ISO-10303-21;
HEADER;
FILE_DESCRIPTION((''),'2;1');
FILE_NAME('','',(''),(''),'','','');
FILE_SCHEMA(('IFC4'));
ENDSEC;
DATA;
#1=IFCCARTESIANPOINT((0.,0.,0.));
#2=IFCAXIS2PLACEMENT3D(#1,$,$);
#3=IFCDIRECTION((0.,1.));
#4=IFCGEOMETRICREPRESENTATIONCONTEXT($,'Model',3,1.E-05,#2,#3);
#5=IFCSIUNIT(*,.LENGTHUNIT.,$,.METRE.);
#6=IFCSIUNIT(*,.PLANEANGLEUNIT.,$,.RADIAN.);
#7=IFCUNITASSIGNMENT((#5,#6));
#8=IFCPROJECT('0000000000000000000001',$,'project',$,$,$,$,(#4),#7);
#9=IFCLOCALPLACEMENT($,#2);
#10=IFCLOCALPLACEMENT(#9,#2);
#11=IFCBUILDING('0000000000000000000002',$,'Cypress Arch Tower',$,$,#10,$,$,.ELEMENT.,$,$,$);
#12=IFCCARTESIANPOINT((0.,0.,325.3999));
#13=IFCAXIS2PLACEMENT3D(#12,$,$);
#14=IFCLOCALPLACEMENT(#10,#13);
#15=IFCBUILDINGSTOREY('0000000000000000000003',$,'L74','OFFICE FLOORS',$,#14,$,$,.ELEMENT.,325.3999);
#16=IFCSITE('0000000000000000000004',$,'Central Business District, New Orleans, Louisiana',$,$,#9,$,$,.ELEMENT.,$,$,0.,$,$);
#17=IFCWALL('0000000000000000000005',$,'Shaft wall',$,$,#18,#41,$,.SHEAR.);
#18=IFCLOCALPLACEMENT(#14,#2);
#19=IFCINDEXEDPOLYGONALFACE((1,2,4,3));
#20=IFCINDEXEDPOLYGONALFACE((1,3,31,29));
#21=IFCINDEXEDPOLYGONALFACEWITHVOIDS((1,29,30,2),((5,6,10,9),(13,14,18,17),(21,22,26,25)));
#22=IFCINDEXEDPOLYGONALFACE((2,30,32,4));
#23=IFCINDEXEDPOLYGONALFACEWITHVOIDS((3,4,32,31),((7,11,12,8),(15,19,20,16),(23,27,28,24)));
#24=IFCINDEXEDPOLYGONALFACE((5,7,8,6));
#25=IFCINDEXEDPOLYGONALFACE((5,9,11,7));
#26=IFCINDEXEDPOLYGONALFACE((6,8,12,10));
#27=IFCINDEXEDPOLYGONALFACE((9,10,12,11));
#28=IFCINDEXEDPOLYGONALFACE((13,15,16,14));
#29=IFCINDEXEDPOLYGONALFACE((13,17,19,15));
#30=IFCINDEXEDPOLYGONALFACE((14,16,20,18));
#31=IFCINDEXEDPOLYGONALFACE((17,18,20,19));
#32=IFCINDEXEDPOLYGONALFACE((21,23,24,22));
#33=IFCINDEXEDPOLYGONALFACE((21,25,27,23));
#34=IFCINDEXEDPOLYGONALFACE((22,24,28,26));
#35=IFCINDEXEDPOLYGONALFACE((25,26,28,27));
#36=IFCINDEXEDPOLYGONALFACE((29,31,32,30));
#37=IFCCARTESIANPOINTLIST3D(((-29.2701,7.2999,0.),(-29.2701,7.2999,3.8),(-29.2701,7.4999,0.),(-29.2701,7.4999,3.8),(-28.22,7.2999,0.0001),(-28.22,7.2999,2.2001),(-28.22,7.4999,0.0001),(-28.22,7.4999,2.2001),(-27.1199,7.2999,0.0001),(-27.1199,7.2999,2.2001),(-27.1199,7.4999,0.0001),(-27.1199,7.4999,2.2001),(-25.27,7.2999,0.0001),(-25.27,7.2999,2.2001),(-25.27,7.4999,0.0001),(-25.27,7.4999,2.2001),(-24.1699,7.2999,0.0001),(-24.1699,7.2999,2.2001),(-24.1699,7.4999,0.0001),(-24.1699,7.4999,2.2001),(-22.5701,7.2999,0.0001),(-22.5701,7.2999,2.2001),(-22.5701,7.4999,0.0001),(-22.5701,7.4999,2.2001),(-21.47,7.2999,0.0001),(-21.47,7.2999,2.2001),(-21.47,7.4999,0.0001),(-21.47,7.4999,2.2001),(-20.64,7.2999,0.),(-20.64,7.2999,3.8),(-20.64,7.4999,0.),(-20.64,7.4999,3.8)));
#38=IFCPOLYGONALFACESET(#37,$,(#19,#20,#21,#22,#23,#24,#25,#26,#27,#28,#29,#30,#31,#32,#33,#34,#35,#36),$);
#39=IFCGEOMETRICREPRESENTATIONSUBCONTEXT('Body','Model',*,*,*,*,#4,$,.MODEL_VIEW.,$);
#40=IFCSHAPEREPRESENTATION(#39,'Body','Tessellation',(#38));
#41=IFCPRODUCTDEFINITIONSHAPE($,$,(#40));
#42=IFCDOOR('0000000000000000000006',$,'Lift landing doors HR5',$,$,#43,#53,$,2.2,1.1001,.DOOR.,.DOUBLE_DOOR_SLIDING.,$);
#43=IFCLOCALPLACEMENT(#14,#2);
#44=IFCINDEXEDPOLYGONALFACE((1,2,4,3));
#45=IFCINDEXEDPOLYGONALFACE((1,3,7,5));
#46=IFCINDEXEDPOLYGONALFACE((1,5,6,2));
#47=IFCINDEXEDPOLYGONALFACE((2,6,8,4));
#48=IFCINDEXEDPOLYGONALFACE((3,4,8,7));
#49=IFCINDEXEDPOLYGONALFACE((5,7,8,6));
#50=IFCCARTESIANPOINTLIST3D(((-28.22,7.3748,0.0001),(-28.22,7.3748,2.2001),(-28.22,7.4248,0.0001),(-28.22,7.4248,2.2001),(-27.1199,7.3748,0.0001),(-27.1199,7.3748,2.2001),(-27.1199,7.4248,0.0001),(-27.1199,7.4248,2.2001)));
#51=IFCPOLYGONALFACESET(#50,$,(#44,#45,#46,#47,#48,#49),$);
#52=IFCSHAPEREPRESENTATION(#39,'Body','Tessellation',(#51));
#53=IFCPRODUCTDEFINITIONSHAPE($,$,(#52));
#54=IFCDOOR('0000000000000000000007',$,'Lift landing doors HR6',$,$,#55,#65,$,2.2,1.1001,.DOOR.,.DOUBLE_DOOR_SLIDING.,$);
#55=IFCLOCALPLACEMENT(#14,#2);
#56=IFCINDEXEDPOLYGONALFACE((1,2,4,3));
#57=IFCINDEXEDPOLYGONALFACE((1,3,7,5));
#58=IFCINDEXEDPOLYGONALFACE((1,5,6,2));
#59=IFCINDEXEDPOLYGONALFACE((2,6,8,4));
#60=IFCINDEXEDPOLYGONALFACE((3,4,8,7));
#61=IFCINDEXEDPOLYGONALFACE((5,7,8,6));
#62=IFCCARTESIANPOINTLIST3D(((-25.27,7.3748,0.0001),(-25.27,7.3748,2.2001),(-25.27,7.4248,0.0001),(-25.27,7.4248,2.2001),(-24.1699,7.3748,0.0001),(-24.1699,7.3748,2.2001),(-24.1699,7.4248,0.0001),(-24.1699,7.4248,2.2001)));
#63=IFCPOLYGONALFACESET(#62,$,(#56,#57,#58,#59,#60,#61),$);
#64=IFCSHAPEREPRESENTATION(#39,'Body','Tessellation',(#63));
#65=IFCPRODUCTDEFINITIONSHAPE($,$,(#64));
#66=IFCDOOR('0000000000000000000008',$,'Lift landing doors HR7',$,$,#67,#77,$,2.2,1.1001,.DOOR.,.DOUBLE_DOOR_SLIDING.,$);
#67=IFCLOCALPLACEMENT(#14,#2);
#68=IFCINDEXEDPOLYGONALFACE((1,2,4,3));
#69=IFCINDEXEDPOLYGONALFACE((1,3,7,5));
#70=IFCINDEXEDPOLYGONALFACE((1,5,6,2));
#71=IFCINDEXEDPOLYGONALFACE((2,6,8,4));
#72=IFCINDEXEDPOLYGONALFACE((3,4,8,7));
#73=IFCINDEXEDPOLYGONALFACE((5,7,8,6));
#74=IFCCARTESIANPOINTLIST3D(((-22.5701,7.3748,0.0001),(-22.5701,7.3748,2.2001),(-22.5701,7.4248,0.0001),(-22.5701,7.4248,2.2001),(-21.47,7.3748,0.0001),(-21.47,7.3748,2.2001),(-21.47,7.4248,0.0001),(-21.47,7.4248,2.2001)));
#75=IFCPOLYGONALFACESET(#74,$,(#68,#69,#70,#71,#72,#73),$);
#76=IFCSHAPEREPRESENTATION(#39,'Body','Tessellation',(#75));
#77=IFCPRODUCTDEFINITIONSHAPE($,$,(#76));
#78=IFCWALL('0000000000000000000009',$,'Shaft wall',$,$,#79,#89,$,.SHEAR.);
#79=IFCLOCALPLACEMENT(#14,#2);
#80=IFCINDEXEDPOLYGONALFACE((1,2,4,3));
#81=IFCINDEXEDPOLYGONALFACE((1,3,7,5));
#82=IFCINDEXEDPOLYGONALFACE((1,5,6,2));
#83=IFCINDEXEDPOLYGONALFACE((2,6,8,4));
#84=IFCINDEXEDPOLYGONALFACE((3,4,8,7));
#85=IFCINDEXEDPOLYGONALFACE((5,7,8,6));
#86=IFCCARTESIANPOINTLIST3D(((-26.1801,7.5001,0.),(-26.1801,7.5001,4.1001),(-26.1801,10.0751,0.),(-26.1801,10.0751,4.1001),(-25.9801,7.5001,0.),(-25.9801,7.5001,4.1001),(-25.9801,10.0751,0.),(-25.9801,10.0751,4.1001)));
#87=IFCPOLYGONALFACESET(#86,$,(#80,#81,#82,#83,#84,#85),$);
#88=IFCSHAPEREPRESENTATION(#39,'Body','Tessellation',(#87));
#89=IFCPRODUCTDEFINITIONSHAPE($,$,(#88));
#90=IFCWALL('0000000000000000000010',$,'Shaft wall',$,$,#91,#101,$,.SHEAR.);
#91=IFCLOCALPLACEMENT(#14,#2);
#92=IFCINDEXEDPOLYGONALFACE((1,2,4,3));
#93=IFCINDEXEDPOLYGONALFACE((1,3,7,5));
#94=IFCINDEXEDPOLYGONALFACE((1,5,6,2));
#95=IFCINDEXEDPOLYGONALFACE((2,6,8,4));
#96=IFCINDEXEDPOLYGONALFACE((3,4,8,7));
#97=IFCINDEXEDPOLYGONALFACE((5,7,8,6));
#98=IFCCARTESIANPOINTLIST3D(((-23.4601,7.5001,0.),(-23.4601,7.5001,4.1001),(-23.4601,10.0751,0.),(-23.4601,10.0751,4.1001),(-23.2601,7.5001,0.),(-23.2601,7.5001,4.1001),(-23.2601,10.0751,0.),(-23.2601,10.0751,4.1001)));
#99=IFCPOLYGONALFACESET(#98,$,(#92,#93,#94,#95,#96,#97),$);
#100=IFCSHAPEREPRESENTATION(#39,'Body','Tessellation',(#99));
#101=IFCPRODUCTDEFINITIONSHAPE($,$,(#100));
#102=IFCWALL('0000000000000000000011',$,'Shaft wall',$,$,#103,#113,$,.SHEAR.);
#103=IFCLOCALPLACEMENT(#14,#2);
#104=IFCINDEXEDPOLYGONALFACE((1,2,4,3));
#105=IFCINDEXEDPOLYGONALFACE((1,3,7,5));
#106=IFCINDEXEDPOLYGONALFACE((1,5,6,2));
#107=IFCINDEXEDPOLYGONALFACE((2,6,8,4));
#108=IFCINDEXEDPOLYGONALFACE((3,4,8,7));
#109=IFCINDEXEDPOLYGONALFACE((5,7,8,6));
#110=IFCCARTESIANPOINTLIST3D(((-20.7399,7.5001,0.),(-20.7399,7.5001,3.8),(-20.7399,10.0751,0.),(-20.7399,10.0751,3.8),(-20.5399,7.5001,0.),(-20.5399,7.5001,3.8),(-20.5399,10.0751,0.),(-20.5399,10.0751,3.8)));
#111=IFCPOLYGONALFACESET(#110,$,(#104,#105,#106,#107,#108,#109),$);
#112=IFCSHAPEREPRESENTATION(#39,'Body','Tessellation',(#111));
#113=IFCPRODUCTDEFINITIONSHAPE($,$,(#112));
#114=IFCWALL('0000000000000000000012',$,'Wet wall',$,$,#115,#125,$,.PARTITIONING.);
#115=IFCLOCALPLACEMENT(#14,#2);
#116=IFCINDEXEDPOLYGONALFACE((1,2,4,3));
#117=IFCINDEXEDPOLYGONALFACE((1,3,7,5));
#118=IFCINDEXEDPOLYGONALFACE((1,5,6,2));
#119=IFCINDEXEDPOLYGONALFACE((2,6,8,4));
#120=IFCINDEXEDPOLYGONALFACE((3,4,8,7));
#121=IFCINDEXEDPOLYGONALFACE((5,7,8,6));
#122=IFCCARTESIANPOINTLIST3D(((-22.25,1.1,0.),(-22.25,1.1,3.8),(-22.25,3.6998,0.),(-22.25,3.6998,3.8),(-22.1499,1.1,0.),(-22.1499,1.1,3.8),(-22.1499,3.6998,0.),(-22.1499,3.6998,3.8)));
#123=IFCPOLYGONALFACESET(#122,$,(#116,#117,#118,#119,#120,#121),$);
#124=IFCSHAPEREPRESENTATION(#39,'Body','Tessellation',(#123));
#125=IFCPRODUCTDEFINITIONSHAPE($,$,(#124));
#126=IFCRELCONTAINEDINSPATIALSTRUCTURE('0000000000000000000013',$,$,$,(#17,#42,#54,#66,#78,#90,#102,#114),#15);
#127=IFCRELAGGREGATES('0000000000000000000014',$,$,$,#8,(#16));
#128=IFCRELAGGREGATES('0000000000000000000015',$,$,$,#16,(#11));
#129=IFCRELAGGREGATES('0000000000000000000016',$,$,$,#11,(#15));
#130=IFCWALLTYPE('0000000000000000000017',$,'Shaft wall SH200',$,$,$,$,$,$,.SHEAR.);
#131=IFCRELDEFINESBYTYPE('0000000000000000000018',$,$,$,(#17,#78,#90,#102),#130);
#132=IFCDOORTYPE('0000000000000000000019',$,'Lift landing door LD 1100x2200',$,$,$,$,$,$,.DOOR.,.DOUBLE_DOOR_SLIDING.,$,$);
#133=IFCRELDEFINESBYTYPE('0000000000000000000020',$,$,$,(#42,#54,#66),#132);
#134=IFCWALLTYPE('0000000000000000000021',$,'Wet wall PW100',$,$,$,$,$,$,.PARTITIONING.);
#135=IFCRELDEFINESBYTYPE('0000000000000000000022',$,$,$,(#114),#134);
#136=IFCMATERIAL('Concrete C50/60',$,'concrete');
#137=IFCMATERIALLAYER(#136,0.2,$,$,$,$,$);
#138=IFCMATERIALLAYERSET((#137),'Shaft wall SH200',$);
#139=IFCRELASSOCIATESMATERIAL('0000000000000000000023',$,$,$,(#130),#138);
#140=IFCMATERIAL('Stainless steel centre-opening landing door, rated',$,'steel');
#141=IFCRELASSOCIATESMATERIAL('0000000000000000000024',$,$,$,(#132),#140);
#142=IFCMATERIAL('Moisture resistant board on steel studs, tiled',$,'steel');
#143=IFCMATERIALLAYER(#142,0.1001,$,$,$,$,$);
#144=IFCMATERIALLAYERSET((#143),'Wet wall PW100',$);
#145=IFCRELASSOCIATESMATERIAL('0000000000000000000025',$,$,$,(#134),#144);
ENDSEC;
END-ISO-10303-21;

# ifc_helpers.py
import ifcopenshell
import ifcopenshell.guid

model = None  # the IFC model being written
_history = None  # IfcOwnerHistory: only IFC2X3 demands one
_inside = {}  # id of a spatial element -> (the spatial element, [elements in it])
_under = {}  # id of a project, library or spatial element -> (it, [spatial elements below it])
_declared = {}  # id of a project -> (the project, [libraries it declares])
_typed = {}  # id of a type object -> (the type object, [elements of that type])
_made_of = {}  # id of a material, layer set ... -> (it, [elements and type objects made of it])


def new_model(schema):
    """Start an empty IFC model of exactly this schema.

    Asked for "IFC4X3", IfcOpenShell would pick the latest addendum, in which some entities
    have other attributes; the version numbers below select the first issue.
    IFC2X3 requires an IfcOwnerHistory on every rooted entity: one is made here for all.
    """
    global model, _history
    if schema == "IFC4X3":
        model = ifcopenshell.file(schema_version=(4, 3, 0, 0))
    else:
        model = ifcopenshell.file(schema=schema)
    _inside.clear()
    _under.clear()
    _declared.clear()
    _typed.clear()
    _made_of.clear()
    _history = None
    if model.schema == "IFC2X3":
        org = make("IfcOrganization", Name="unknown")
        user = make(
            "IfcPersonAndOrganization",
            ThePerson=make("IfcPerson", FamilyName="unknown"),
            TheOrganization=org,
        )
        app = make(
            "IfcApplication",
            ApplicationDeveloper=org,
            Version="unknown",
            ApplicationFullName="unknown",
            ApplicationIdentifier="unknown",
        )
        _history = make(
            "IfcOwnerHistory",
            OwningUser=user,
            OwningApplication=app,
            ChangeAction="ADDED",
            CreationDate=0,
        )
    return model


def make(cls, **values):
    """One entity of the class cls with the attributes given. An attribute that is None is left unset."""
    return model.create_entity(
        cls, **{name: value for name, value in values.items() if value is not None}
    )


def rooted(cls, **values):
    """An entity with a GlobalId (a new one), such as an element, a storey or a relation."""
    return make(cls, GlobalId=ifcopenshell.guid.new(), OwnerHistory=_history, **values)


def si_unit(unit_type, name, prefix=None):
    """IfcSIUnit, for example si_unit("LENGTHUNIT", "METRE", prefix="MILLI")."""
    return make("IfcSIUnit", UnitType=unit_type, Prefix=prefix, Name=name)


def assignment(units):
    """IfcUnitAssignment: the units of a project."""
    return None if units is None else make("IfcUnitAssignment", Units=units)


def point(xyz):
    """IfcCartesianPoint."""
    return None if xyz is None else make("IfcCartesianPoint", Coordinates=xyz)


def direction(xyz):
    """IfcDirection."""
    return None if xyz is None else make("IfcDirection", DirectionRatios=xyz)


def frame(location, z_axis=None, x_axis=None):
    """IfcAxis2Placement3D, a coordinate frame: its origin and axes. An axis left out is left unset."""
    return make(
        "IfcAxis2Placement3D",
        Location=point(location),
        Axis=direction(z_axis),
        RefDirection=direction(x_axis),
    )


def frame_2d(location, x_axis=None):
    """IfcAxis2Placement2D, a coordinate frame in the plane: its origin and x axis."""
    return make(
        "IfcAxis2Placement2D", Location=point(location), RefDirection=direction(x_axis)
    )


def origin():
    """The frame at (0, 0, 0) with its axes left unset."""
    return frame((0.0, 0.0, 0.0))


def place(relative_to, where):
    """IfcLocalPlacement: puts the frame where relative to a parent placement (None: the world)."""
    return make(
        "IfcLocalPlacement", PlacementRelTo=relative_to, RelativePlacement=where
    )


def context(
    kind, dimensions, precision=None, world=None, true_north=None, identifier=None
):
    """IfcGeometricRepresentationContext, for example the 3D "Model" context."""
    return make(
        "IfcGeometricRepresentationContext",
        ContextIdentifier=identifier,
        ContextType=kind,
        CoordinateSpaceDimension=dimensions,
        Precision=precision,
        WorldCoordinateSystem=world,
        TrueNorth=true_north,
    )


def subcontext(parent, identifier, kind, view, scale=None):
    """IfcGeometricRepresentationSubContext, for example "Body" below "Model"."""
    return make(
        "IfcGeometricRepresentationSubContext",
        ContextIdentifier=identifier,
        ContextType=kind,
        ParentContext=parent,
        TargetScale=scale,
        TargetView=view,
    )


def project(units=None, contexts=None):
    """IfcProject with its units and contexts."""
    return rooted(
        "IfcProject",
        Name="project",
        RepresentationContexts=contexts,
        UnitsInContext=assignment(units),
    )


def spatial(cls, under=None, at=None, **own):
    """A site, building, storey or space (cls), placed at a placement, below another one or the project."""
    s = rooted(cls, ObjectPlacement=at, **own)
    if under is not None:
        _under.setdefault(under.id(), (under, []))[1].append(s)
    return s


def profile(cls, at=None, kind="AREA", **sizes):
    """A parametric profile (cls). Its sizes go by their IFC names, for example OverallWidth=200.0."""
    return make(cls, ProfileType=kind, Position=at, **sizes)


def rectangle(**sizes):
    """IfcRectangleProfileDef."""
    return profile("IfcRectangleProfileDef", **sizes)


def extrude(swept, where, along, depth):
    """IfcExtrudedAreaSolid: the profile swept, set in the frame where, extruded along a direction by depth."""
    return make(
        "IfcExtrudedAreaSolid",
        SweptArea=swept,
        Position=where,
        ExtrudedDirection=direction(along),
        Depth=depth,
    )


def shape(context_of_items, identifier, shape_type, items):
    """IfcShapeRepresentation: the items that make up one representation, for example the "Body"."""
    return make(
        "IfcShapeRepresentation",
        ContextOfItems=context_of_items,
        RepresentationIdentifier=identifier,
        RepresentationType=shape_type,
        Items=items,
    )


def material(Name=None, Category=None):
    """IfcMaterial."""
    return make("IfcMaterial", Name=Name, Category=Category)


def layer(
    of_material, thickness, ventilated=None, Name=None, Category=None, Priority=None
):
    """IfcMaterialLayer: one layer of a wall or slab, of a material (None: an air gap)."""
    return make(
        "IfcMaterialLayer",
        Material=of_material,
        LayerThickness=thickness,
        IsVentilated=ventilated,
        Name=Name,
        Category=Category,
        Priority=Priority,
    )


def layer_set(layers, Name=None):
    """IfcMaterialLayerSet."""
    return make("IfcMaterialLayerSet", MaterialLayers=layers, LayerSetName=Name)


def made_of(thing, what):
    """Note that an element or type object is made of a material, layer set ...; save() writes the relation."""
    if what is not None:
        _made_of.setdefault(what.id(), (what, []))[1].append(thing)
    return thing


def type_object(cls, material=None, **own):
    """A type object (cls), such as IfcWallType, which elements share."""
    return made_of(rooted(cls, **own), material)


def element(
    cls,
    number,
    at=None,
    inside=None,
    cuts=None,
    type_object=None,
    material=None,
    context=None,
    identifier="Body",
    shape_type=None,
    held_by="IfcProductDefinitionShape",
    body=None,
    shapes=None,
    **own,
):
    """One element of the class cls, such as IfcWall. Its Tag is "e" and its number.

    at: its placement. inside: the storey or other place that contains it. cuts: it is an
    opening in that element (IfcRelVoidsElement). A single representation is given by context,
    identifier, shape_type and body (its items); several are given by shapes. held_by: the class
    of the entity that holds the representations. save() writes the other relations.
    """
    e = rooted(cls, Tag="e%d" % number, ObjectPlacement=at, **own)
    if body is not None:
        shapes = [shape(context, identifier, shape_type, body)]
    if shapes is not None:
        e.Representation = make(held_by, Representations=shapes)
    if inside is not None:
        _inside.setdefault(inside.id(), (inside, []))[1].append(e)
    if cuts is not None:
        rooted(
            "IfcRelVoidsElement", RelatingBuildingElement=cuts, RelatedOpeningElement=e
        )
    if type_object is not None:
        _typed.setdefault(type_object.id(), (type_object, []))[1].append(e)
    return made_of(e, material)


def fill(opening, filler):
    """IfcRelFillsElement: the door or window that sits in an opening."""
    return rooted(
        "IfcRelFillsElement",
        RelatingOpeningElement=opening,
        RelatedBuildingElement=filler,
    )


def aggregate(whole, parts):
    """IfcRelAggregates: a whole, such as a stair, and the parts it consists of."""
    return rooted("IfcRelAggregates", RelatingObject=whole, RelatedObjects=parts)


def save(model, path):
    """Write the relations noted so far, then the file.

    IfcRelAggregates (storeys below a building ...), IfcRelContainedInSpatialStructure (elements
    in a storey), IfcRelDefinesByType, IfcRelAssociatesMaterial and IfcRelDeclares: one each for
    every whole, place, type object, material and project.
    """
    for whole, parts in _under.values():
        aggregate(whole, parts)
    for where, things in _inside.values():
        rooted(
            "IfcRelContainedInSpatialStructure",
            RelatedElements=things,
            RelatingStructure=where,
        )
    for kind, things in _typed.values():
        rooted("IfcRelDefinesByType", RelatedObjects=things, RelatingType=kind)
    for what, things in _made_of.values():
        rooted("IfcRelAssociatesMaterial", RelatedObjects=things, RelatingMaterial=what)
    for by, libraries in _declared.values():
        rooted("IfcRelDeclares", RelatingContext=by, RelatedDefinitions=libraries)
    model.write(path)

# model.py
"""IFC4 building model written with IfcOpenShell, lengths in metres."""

from ifc_helpers import new_model, si_unit, direction, frame, frame_2d, origin, place, context, subcontext, project, spatial, rectangle, extrude, material, layer, layer_set, type_object, element, fill, save


model = new_model("IFC4")

# Units and contexts
model_context = context("Model", 3, precision=1e-05, world=origin(), true_north=direction((0.0, 1.0)))
body_context = subcontext(model_context, "Body", "Model", "MODEL_VIEW")
ifc_project = project(units=[si_unit("LENGTHUNIT", "METRE"), si_unit("PLANEANGLEUNIT", "RADIAN")], contexts=[model_context])

# Site, building, storey
site_placement = place(None, origin())
site = spatial("IfcSite", under=ifc_project, at=site_placement, Name="Central Business District, New Orleans, Louisiana", CompositionType="ELEMENT", RefElevation=0.0)
building_placement = place(site_placement, origin())
building = spatial("IfcBuilding", under=site, at=building_placement, Name="Cypress Arch Tower", CompositionType="ELEMENT")
storey_placement = place(building_placement, frame((0.0, 0.0, 325.3999)))
storey = spatial("IfcBuildingStorey", under=building, at=storey_placement, Name="L74", Description="OFFICE FLOORS", CompositionType="ELEMENT", Elevation=325.3999)

# Wall, openings, doors
ifc_material_1 = material(Name="Concrete C50/60", Category="concrete")
ifc_layer_1 = layer(ifc_material_1, 0.2)
ifc_layer_set_1 = layer_set([ifc_layer_1], Name="Shaft wall SH200")
wall_type_1 = type_object("IfcWallType", Name="Shaft wall SH200", PredefinedType="SHEAR", material=ifc_layer_set_1)
wall_1_placement = place(storey_placement, frame((-29.27, 7.3999, 0.0), z_axis=(0.0, 0.0, 1.0), x_axis=(1.0, 0.0, 0.0)))
wall_1 = element("IfcWall", 1, at=wall_1_placement, inside=storey, type_object=wall_type_1, Name="Shaft wall", PredefinedType="SHEAR", context=body_context, shape_type="SweptSolid", body=[
    extrude(rectangle(XDim=8.6301, YDim=0.2, at=frame_2d((4.3149, 0.0))), origin(), (0.0, 0.0, 1.0), 3.8),
])
opening_1_placement = place(wall_1_placement, frame((1.05, 0.0, 0.0)))
opening_1 = element("IfcOpeningElement", 2, at=opening_1_placement, cuts=wall_1, PredefinedType="OPENING", context=body_context, shape_type="SweptSolid", body=[
    extrude(rectangle(XDim=1.1001, YDim=2.2, at=frame_2d((0.55, 1.1001))), frame((0.0, 0.1099, 0.0), z_axis=(0.0, -1.0, 0.0), x_axis=(1.0, 0.0, 0.0)), (0.0, 0.0, 1.0), 0.22),
])
opening_2_placement = place(wall_1_placement, frame((4.0, 0.0, 0.0)))
opening_2 = element("IfcOpeningElement", 3, at=opening_2_placement, cuts=wall_1, PredefinedType="OPENING", context=body_context, shape_type="SweptSolid", body=[
    extrude(rectangle(XDim=1.1001, YDim=2.2, at=frame_2d((0.55, 1.1001))), frame((0.0, 0.1099, 0.0), z_axis=(0.0, -1.0, 0.0), x_axis=(1.0, 0.0, 0.0)), (0.0, 0.0, 1.0), 0.22),
])
opening_3_placement = place(wall_1_placement, frame((6.7, 0.0, 0.0)))
opening_3 = element("IfcOpeningElement", 4, at=opening_3_placement, cuts=wall_1, PredefinedType="OPENING", context=body_context, shape_type="SweptSolid", body=[
    extrude(rectangle(XDim=1.1001, YDim=2.2, at=frame_2d((0.55, 1.1001))), frame((0.0, 0.1099, 0.0), z_axis=(0.0, -1.0, 0.0), x_axis=(1.0, 0.0, 0.0)), (0.0, 0.0, 1.0), 0.22),
])
ifc_material_2 = material(Name="Stainless steel centre-opening landing door, rated", Category="steel")
door_type_1 = type_object("IfcDoorType", Name="Lift landing door LD 1100x2200", OperationType="DOUBLE_DOOR_SLIDING", PredefinedType="DOOR", material=ifc_material_2)
door_1_placement = place(opening_1_placement, origin())
door_1 = element("IfcDoor", 5, at=door_1_placement, inside=storey, type_object=door_type_1, Name="Lift landing doors HR5", OperationType="DOUBLE_DOOR_SLIDING", OverallHeight=2.2, OverallWidth=1.1001, PredefinedType="DOOR", context=body_context, shape_type="SweptSolid", body=[
    extrude(rectangle(XDim=1.1001, YDim=2.2, at=frame_2d((0.55, 1.1001))), frame((0.0, 0.0249, 0.0), z_axis=(0.0, -1.0, 0.0), x_axis=(1.0, 0.0, 0.0)), (0.0, 0.0, 1.0), 0.05),
])
fill(opening_1, door_1)
door_2_placement = place(opening_2_placement, origin())
door_2 = element("IfcDoor", 6, at=door_2_placement, inside=storey, type_object=door_type_1, Name="Lift landing doors HR6", OperationType="DOUBLE_DOOR_SLIDING", OverallHeight=2.2, OverallWidth=1.1001, PredefinedType="DOOR", context=body_context, shape_type="SweptSolid", body=[
    extrude(rectangle(XDim=1.1001, YDim=2.2, at=frame_2d((0.55, 1.1001))), frame((0.0, 0.0249, 0.0), z_axis=(0.0, -1.0, 0.0), x_axis=(1.0, 0.0, 0.0)), (0.0, 0.0, 1.0), 0.05),
])
fill(opening_2, door_2)
door_3_placement = place(opening_3_placement, origin())
door_3 = element("IfcDoor", 7, at=door_3_placement, inside=storey, type_object=door_type_1, Name="Lift landing doors HR7", OperationType="DOUBLE_DOOR_SLIDING", OverallHeight=2.2, OverallWidth=1.1001, PredefinedType="DOOR", context=body_context, shape_type="SweptSolid", body=[
    extrude(rectangle(XDim=1.1001, YDim=2.2, at=frame_2d((0.55, 1.1001))), frame((0.0, 0.0249, 0.0), z_axis=(0.0, -1.0, 0.0), x_axis=(1.0, 0.0, 0.0)), (0.0, 0.0, 1.0), 0.05),
])
fill(opening_3, door_3)

# Walls
for number, where, z_axis, x_axis, name in (
    (8, (-26.0801, 7.5, 0.0), (0.0, 0.0, 1.0), (0.0, 1.0, 0.0), "Shaft wall"),
    (9, (-23.3601, 7.5, 0.0), (0.0, 0.0, 1.0), (0.0, 1.0, 0.0), "Shaft wall"),
):
    element("IfcWall", number, at=place(storey_placement, frame(where, z_axis=z_axis, x_axis=x_axis)), inside=storey, type_object=wall_type_1, Name=name, PredefinedType="SHEAR", context=body_context, shape_type="SweptSolid", body=[
        extrude(rectangle(XDim=2.575, YDim=0.2, at=frame_2d((1.2876, 0.0))), origin(), (0.0, 0.0, 1.0), 4.1001),
    ])
wall_2_placement = place(storey_placement, frame((-20.6399, 7.5, 0.0), z_axis=(0.0, 0.0, 1.0), x_axis=(0.0, 1.0, 0.0)))
element("IfcWall", 10, at=wall_2_placement, inside=storey, type_object=wall_type_1, Name="Shaft wall", PredefinedType="SHEAR", context=body_context, shape_type="SweptSolid", body=[
    extrude(rectangle(XDim=2.575, YDim=0.2, at=frame_2d((1.2876, 0.0))), origin(), (0.0, 0.0, 1.0), 3.8),
])
ifc_material_3 = material(Name="Moisture resistant board on steel studs, tiled", Category="steel")
ifc_layer_2 = layer(ifc_material_3, 0.1001)
ifc_layer_set_2 = layer_set([ifc_layer_2], Name="Wet wall PW100")
wall_type_2 = type_object("IfcWallType", Name="Wet wall PW100", PredefinedType="PARTITIONING", material=ifc_layer_set_2)
wall_3_placement = place(storey_placement, frame((-22.2, 1.1001, 0.0), z_axis=(0.0, 0.0, 1.0), x_axis=(0.0, 1.0, 0.0)))
element("IfcWall", 11, at=wall_3_placement, inside=storey, type_object=wall_type_2, Name="Wet wall", PredefinedType="PARTITIONING", context=body_context, shape_type="SweptSolid", body=[
    extrude(rectangle(XDim=2.5999, YDim=0.1001, at=frame_2d((1.2998, 0.0))), origin(), (0.0, 0.0, 1.0), 3.8),
])

save(model, "model.ifc")
